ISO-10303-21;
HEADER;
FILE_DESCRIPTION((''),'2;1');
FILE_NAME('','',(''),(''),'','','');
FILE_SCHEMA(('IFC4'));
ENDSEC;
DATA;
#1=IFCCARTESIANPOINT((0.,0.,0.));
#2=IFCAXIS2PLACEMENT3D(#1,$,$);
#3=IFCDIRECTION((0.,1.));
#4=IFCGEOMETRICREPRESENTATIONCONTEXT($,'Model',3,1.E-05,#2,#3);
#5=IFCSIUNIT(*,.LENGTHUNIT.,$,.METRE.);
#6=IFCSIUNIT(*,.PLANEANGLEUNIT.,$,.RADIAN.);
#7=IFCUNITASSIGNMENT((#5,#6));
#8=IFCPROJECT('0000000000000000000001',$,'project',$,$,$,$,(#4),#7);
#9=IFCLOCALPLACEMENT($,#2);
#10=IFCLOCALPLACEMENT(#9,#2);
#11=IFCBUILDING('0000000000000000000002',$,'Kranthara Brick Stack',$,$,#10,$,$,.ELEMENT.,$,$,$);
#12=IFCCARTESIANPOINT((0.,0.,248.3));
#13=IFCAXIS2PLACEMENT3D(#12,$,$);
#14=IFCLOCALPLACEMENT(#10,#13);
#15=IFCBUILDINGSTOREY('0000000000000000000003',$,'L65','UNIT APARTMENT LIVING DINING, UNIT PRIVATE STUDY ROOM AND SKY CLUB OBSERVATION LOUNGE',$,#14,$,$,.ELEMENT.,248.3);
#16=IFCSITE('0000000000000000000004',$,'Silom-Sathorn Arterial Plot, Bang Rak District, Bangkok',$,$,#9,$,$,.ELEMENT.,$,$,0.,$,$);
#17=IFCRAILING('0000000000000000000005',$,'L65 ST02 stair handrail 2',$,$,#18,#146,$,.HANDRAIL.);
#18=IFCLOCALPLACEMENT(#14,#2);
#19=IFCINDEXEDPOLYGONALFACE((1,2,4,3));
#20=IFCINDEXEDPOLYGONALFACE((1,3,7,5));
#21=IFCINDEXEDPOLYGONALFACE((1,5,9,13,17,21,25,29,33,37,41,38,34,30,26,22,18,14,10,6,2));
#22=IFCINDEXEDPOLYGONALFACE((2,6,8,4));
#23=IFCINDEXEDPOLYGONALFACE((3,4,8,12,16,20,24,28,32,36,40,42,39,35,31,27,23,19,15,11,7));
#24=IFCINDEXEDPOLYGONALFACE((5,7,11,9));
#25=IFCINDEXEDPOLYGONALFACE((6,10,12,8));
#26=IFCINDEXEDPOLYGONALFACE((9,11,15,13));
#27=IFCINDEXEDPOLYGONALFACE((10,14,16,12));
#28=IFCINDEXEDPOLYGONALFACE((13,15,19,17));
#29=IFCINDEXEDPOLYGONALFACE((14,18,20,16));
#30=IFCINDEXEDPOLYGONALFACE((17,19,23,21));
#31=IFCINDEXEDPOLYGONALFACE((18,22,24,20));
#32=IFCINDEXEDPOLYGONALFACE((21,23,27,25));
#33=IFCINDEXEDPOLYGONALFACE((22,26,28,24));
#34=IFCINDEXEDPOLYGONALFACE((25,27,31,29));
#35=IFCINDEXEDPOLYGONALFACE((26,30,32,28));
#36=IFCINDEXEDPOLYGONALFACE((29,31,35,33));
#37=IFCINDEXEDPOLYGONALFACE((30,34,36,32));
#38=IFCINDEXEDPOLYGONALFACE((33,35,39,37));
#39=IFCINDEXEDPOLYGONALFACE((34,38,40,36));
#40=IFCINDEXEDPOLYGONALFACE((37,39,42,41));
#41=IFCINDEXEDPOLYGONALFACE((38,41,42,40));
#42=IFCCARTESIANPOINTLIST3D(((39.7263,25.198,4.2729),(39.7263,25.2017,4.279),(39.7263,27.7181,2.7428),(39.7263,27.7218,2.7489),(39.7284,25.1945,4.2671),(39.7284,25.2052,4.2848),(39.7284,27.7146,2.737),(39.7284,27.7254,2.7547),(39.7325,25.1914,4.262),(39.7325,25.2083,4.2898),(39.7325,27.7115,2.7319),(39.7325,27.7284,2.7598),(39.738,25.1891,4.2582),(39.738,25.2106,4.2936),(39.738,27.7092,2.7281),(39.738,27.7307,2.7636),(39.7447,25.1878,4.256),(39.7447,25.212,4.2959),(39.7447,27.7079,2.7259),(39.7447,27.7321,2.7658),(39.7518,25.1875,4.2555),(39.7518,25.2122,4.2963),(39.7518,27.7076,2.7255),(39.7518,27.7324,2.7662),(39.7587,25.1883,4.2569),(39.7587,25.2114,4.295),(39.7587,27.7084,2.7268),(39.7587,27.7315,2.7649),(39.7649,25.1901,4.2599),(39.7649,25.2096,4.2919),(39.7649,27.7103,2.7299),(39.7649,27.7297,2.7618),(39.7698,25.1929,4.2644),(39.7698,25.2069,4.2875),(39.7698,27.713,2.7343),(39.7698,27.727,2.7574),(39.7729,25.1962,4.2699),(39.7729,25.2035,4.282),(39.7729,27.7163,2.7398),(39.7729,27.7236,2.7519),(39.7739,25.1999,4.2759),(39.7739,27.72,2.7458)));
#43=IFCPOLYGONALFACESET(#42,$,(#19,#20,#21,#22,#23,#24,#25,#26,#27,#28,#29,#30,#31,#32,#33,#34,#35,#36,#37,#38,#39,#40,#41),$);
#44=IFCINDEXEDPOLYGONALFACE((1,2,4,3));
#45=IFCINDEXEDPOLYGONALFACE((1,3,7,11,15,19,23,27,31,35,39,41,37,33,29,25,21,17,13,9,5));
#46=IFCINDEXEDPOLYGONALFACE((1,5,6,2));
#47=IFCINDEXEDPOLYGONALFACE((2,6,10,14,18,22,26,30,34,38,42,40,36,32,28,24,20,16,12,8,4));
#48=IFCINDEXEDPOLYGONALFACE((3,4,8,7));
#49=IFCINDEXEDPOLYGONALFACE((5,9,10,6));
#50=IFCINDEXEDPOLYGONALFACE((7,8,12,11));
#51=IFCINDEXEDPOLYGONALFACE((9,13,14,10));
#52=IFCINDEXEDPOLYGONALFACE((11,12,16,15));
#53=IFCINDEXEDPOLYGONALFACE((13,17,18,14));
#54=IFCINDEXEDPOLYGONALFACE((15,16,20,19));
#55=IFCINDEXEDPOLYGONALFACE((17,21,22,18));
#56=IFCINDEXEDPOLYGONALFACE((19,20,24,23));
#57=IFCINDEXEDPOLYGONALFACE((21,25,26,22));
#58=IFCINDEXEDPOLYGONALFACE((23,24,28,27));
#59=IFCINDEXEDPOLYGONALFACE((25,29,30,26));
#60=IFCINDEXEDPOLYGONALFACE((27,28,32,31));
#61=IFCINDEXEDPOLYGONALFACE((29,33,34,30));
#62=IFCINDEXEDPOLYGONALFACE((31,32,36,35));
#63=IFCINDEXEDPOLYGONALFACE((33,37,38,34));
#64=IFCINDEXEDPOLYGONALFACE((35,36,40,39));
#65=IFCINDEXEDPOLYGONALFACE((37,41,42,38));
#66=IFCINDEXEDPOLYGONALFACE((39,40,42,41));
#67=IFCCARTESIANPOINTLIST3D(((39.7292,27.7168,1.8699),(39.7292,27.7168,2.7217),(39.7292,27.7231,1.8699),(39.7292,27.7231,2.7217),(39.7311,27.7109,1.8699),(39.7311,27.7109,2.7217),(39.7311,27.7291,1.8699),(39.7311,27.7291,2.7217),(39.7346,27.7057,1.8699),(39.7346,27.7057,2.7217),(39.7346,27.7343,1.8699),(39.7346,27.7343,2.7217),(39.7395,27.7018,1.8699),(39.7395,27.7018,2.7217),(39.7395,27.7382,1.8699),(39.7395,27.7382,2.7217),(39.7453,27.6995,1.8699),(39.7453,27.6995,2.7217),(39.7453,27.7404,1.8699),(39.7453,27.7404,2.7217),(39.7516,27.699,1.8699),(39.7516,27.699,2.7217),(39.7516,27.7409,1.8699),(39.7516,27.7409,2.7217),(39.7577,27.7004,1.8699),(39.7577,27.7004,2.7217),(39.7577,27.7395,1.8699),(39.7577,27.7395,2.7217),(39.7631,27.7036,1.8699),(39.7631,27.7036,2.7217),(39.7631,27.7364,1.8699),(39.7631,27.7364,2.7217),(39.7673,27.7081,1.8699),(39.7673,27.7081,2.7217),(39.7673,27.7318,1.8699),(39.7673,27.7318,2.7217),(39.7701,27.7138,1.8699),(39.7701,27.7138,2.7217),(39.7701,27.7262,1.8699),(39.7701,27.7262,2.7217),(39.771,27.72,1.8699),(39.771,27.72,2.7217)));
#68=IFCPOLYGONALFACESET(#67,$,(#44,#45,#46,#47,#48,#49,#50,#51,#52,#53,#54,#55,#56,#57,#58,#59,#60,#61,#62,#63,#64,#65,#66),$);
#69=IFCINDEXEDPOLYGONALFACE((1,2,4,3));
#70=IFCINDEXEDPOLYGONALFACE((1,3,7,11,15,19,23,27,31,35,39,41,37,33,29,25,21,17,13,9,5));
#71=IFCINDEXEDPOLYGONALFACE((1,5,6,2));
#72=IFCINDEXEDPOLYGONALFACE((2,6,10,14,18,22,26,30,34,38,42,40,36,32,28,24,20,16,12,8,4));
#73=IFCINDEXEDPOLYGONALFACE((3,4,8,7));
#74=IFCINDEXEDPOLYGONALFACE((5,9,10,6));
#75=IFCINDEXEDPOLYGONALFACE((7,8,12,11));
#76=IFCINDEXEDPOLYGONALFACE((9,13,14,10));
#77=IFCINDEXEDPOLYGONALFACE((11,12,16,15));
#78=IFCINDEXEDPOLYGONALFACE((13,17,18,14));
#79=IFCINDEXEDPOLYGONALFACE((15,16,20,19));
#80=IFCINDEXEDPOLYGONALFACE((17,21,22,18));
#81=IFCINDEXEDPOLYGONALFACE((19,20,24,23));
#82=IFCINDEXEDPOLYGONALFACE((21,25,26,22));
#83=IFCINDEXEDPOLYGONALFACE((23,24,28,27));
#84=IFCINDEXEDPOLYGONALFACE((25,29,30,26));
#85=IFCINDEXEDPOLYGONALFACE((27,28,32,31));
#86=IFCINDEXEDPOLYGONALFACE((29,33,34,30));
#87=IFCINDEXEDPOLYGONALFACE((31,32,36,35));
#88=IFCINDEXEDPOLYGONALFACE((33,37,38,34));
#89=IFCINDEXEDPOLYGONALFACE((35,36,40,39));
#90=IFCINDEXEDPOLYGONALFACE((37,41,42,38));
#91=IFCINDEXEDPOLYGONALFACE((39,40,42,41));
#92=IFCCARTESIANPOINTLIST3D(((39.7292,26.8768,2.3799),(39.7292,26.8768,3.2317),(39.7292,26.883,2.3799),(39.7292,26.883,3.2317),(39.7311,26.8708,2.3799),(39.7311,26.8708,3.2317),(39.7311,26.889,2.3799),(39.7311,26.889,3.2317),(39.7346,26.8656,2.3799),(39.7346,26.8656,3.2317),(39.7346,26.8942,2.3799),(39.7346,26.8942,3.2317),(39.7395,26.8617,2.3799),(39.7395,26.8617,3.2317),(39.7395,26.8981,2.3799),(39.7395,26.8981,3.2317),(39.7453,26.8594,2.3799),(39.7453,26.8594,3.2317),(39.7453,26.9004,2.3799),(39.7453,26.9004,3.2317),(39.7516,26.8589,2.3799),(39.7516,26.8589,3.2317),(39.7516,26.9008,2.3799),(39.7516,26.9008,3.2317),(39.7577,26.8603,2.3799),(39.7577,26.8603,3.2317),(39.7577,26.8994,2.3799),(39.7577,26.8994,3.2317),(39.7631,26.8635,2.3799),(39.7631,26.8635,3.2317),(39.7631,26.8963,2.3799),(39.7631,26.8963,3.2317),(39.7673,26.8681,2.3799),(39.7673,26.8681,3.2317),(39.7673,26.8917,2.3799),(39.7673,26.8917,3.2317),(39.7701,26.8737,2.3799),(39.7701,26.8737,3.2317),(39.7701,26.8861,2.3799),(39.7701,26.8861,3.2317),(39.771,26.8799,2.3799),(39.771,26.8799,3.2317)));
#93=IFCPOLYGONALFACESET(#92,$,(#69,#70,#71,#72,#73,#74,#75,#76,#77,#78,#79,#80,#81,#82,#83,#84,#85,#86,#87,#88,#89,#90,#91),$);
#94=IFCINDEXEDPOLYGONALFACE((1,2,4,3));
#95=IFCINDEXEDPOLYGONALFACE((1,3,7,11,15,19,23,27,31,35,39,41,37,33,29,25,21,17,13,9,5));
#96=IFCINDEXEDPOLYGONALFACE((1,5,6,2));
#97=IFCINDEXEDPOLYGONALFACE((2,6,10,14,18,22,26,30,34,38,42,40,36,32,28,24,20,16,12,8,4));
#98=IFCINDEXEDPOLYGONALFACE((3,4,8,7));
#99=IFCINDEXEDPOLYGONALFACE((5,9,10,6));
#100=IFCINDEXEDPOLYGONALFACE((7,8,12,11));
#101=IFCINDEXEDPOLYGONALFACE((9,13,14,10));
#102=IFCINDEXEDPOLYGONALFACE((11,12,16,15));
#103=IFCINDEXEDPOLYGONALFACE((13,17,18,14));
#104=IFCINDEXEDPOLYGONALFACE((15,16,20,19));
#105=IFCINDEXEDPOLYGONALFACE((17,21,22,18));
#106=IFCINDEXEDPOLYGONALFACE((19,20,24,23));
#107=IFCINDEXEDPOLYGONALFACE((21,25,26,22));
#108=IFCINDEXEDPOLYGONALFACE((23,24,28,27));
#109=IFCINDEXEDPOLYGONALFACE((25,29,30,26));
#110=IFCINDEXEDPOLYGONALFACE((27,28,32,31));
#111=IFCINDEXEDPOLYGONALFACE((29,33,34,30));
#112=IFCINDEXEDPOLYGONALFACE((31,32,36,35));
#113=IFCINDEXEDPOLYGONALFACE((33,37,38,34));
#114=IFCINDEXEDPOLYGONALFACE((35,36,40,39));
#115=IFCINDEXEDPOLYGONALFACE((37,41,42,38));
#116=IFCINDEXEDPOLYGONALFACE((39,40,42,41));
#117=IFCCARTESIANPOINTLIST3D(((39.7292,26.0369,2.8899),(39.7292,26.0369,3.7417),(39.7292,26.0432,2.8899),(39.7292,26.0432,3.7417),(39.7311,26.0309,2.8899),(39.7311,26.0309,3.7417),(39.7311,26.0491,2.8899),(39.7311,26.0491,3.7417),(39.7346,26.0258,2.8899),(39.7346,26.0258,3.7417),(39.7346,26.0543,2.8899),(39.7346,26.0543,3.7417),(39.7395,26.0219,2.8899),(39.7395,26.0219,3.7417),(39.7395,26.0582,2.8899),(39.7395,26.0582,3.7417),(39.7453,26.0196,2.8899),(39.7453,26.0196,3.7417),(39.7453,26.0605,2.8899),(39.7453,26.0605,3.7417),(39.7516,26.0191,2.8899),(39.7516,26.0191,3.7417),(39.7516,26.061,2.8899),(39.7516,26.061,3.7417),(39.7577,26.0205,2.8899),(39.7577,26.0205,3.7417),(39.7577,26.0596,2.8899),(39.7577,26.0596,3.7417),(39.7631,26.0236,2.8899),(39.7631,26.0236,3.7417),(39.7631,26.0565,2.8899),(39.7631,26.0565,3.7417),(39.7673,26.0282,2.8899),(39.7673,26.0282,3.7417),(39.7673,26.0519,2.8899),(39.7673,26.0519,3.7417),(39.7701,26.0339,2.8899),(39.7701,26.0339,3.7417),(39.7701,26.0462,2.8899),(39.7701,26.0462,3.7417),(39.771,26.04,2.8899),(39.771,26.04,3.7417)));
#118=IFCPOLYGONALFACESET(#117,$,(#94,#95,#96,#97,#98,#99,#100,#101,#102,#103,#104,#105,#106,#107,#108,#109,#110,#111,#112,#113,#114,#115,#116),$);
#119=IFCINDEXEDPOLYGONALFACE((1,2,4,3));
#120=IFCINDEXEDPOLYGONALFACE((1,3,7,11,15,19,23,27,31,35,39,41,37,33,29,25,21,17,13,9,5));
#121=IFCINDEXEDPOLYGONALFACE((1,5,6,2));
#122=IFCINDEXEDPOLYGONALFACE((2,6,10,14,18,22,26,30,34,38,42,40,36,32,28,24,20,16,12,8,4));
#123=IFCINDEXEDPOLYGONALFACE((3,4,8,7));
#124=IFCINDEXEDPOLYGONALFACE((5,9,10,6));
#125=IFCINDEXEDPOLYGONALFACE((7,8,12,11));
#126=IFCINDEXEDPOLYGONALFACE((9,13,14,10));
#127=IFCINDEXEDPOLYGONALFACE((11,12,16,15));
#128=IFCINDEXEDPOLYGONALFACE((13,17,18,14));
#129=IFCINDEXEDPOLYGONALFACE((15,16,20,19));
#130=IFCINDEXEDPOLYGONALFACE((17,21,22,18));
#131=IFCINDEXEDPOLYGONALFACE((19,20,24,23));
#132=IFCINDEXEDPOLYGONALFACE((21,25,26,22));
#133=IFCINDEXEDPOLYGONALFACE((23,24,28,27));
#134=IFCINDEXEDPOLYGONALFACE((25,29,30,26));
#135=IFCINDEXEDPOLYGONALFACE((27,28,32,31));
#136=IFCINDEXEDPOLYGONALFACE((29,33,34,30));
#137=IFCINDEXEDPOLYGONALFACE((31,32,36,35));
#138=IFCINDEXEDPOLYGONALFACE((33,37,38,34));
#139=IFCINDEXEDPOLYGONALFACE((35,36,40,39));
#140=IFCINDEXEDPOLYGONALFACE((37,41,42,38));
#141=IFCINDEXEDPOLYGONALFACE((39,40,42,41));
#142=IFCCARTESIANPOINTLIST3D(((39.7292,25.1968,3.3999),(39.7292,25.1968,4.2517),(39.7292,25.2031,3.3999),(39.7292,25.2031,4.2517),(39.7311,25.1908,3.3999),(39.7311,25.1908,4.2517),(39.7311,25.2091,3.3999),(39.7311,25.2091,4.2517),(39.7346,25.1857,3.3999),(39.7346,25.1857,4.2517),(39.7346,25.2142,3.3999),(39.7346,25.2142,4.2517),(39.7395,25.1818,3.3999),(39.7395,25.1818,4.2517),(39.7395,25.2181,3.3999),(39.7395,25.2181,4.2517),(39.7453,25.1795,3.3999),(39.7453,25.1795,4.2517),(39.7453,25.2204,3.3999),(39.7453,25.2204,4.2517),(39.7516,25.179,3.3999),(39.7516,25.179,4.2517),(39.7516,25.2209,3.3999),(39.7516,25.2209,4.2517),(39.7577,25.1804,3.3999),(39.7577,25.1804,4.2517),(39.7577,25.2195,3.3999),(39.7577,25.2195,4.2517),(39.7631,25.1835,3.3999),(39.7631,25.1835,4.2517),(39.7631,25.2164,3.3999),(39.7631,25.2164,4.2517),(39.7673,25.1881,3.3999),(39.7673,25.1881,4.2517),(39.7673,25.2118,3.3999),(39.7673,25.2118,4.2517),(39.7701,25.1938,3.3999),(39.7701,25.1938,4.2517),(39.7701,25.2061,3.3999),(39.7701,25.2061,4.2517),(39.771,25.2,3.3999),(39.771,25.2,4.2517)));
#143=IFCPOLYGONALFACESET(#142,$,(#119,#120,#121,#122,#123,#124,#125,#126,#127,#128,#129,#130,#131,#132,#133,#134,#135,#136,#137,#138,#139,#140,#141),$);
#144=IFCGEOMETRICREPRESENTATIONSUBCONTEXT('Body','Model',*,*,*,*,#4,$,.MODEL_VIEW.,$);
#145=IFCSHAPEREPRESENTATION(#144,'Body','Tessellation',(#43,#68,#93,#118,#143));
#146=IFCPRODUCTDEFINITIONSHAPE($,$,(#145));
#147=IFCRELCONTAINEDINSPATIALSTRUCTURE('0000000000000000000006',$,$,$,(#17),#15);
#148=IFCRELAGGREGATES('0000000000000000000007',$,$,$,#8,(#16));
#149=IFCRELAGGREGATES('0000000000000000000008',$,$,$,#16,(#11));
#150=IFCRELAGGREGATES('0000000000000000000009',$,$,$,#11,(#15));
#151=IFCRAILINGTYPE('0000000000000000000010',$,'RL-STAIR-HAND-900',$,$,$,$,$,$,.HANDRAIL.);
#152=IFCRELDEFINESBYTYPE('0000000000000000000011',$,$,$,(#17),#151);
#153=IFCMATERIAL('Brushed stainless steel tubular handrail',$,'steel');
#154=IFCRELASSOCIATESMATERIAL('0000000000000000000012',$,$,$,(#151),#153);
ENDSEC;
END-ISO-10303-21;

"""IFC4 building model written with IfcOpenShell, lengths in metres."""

from ifc_helpers import new_model, si_unit, direction, frame, origin, origin_2d, place, context, subcontext, project, spatial, circle, extrude, material, type_object, element, save


model = new_model("IFC4")

# Units and contexts
model_context = context("Model", 3, precision=1e-05, world=origin(), true_north=direction((0.0, 1.0)))
body_context = subcontext(model_context, "Body", "Model", "MODEL_VIEW")
ifc_project = project(units=[si_unit("LENGTHUNIT", "METRE"), si_unit("PLANEANGLEUNIT", "RADIAN")], contexts=[model_context])

# Site, building, storey
site_placement = place(None, origin())
site = spatial("IfcSite", under=ifc_project, at=site_placement, Name="Silom-Sathorn Arterial Plot, Bang Rak District, Bangkok", CompositionType="ELEMENT", RefElevation=0.0)
building_placement = place(site_placement, origin())
building = spatial("IfcBuilding", under=site, at=building_placement, Name="Kranthara Brick Stack", CompositionType="ELEMENT")
storey_placement = place(building_placement, frame((0.0, 0.0, 248.3)))
storey = spatial("IfcBuildingStorey", under=building, at=storey_placement, Name="L65", Description="UNIT APARTMENT LIVING DINING, UNIT PRIVATE STUDY ROOM AND SKY CLUB OBSERVATION LOUNGE", CompositionType="ELEMENT", Elevation=248.3)

# Railing
ifc_material_1 = material(Name="Brushed stainless steel tubular handrail", Category="steel")
railing_type_1 = type_object("IfcRailingType", Name="RL-STAIR-HAND-900", PredefinedType="HANDRAIL", material=ifc_material_1)
railing_1_placement = place(storey_placement, frame((39.75, 27.72, 1.8699)))
element("IfcRailing", 1, at=railing_1_placement, inside=storey, type_object=railing_type_1, Name="L65 ST02 stair handrail 2", PredefinedType="HANDRAIL", context=body_context, shape_type="SweptSolid", body=[
    extrude(circle(Radius=0.0239, at=origin_2d()), frame((0.0, 0.0, 0.876), z_axis=(0.0, -0.854785, 0.518982), x_axis=(1.0, 0.0, 0.0)), (0.0, 0.0, 1.0), 2.9482),
    extrude(circle(Radius=0.021, at=origin_2d()), origin(), (0.0, 0.0, 1.0), 0.8518),
    extrude(circle(Radius=0.021, at=origin_2d()), frame((0.0, -0.8401, 0.51)), (0.0, 0.0, 1.0), 0.8518),
    extrude(circle(Radius=0.021, at=origin_2d()), frame((0.0, -1.6799, 1.02)), (0.0, 0.0, 1.0), 0.8518),
    extrude(circle(Radius=0.021, at=origin_2d()), frame((0.0, -2.52, 1.53)), (0.0, 0.0, 1.0), 0.8518),
])

save(model, "model.ifc")
